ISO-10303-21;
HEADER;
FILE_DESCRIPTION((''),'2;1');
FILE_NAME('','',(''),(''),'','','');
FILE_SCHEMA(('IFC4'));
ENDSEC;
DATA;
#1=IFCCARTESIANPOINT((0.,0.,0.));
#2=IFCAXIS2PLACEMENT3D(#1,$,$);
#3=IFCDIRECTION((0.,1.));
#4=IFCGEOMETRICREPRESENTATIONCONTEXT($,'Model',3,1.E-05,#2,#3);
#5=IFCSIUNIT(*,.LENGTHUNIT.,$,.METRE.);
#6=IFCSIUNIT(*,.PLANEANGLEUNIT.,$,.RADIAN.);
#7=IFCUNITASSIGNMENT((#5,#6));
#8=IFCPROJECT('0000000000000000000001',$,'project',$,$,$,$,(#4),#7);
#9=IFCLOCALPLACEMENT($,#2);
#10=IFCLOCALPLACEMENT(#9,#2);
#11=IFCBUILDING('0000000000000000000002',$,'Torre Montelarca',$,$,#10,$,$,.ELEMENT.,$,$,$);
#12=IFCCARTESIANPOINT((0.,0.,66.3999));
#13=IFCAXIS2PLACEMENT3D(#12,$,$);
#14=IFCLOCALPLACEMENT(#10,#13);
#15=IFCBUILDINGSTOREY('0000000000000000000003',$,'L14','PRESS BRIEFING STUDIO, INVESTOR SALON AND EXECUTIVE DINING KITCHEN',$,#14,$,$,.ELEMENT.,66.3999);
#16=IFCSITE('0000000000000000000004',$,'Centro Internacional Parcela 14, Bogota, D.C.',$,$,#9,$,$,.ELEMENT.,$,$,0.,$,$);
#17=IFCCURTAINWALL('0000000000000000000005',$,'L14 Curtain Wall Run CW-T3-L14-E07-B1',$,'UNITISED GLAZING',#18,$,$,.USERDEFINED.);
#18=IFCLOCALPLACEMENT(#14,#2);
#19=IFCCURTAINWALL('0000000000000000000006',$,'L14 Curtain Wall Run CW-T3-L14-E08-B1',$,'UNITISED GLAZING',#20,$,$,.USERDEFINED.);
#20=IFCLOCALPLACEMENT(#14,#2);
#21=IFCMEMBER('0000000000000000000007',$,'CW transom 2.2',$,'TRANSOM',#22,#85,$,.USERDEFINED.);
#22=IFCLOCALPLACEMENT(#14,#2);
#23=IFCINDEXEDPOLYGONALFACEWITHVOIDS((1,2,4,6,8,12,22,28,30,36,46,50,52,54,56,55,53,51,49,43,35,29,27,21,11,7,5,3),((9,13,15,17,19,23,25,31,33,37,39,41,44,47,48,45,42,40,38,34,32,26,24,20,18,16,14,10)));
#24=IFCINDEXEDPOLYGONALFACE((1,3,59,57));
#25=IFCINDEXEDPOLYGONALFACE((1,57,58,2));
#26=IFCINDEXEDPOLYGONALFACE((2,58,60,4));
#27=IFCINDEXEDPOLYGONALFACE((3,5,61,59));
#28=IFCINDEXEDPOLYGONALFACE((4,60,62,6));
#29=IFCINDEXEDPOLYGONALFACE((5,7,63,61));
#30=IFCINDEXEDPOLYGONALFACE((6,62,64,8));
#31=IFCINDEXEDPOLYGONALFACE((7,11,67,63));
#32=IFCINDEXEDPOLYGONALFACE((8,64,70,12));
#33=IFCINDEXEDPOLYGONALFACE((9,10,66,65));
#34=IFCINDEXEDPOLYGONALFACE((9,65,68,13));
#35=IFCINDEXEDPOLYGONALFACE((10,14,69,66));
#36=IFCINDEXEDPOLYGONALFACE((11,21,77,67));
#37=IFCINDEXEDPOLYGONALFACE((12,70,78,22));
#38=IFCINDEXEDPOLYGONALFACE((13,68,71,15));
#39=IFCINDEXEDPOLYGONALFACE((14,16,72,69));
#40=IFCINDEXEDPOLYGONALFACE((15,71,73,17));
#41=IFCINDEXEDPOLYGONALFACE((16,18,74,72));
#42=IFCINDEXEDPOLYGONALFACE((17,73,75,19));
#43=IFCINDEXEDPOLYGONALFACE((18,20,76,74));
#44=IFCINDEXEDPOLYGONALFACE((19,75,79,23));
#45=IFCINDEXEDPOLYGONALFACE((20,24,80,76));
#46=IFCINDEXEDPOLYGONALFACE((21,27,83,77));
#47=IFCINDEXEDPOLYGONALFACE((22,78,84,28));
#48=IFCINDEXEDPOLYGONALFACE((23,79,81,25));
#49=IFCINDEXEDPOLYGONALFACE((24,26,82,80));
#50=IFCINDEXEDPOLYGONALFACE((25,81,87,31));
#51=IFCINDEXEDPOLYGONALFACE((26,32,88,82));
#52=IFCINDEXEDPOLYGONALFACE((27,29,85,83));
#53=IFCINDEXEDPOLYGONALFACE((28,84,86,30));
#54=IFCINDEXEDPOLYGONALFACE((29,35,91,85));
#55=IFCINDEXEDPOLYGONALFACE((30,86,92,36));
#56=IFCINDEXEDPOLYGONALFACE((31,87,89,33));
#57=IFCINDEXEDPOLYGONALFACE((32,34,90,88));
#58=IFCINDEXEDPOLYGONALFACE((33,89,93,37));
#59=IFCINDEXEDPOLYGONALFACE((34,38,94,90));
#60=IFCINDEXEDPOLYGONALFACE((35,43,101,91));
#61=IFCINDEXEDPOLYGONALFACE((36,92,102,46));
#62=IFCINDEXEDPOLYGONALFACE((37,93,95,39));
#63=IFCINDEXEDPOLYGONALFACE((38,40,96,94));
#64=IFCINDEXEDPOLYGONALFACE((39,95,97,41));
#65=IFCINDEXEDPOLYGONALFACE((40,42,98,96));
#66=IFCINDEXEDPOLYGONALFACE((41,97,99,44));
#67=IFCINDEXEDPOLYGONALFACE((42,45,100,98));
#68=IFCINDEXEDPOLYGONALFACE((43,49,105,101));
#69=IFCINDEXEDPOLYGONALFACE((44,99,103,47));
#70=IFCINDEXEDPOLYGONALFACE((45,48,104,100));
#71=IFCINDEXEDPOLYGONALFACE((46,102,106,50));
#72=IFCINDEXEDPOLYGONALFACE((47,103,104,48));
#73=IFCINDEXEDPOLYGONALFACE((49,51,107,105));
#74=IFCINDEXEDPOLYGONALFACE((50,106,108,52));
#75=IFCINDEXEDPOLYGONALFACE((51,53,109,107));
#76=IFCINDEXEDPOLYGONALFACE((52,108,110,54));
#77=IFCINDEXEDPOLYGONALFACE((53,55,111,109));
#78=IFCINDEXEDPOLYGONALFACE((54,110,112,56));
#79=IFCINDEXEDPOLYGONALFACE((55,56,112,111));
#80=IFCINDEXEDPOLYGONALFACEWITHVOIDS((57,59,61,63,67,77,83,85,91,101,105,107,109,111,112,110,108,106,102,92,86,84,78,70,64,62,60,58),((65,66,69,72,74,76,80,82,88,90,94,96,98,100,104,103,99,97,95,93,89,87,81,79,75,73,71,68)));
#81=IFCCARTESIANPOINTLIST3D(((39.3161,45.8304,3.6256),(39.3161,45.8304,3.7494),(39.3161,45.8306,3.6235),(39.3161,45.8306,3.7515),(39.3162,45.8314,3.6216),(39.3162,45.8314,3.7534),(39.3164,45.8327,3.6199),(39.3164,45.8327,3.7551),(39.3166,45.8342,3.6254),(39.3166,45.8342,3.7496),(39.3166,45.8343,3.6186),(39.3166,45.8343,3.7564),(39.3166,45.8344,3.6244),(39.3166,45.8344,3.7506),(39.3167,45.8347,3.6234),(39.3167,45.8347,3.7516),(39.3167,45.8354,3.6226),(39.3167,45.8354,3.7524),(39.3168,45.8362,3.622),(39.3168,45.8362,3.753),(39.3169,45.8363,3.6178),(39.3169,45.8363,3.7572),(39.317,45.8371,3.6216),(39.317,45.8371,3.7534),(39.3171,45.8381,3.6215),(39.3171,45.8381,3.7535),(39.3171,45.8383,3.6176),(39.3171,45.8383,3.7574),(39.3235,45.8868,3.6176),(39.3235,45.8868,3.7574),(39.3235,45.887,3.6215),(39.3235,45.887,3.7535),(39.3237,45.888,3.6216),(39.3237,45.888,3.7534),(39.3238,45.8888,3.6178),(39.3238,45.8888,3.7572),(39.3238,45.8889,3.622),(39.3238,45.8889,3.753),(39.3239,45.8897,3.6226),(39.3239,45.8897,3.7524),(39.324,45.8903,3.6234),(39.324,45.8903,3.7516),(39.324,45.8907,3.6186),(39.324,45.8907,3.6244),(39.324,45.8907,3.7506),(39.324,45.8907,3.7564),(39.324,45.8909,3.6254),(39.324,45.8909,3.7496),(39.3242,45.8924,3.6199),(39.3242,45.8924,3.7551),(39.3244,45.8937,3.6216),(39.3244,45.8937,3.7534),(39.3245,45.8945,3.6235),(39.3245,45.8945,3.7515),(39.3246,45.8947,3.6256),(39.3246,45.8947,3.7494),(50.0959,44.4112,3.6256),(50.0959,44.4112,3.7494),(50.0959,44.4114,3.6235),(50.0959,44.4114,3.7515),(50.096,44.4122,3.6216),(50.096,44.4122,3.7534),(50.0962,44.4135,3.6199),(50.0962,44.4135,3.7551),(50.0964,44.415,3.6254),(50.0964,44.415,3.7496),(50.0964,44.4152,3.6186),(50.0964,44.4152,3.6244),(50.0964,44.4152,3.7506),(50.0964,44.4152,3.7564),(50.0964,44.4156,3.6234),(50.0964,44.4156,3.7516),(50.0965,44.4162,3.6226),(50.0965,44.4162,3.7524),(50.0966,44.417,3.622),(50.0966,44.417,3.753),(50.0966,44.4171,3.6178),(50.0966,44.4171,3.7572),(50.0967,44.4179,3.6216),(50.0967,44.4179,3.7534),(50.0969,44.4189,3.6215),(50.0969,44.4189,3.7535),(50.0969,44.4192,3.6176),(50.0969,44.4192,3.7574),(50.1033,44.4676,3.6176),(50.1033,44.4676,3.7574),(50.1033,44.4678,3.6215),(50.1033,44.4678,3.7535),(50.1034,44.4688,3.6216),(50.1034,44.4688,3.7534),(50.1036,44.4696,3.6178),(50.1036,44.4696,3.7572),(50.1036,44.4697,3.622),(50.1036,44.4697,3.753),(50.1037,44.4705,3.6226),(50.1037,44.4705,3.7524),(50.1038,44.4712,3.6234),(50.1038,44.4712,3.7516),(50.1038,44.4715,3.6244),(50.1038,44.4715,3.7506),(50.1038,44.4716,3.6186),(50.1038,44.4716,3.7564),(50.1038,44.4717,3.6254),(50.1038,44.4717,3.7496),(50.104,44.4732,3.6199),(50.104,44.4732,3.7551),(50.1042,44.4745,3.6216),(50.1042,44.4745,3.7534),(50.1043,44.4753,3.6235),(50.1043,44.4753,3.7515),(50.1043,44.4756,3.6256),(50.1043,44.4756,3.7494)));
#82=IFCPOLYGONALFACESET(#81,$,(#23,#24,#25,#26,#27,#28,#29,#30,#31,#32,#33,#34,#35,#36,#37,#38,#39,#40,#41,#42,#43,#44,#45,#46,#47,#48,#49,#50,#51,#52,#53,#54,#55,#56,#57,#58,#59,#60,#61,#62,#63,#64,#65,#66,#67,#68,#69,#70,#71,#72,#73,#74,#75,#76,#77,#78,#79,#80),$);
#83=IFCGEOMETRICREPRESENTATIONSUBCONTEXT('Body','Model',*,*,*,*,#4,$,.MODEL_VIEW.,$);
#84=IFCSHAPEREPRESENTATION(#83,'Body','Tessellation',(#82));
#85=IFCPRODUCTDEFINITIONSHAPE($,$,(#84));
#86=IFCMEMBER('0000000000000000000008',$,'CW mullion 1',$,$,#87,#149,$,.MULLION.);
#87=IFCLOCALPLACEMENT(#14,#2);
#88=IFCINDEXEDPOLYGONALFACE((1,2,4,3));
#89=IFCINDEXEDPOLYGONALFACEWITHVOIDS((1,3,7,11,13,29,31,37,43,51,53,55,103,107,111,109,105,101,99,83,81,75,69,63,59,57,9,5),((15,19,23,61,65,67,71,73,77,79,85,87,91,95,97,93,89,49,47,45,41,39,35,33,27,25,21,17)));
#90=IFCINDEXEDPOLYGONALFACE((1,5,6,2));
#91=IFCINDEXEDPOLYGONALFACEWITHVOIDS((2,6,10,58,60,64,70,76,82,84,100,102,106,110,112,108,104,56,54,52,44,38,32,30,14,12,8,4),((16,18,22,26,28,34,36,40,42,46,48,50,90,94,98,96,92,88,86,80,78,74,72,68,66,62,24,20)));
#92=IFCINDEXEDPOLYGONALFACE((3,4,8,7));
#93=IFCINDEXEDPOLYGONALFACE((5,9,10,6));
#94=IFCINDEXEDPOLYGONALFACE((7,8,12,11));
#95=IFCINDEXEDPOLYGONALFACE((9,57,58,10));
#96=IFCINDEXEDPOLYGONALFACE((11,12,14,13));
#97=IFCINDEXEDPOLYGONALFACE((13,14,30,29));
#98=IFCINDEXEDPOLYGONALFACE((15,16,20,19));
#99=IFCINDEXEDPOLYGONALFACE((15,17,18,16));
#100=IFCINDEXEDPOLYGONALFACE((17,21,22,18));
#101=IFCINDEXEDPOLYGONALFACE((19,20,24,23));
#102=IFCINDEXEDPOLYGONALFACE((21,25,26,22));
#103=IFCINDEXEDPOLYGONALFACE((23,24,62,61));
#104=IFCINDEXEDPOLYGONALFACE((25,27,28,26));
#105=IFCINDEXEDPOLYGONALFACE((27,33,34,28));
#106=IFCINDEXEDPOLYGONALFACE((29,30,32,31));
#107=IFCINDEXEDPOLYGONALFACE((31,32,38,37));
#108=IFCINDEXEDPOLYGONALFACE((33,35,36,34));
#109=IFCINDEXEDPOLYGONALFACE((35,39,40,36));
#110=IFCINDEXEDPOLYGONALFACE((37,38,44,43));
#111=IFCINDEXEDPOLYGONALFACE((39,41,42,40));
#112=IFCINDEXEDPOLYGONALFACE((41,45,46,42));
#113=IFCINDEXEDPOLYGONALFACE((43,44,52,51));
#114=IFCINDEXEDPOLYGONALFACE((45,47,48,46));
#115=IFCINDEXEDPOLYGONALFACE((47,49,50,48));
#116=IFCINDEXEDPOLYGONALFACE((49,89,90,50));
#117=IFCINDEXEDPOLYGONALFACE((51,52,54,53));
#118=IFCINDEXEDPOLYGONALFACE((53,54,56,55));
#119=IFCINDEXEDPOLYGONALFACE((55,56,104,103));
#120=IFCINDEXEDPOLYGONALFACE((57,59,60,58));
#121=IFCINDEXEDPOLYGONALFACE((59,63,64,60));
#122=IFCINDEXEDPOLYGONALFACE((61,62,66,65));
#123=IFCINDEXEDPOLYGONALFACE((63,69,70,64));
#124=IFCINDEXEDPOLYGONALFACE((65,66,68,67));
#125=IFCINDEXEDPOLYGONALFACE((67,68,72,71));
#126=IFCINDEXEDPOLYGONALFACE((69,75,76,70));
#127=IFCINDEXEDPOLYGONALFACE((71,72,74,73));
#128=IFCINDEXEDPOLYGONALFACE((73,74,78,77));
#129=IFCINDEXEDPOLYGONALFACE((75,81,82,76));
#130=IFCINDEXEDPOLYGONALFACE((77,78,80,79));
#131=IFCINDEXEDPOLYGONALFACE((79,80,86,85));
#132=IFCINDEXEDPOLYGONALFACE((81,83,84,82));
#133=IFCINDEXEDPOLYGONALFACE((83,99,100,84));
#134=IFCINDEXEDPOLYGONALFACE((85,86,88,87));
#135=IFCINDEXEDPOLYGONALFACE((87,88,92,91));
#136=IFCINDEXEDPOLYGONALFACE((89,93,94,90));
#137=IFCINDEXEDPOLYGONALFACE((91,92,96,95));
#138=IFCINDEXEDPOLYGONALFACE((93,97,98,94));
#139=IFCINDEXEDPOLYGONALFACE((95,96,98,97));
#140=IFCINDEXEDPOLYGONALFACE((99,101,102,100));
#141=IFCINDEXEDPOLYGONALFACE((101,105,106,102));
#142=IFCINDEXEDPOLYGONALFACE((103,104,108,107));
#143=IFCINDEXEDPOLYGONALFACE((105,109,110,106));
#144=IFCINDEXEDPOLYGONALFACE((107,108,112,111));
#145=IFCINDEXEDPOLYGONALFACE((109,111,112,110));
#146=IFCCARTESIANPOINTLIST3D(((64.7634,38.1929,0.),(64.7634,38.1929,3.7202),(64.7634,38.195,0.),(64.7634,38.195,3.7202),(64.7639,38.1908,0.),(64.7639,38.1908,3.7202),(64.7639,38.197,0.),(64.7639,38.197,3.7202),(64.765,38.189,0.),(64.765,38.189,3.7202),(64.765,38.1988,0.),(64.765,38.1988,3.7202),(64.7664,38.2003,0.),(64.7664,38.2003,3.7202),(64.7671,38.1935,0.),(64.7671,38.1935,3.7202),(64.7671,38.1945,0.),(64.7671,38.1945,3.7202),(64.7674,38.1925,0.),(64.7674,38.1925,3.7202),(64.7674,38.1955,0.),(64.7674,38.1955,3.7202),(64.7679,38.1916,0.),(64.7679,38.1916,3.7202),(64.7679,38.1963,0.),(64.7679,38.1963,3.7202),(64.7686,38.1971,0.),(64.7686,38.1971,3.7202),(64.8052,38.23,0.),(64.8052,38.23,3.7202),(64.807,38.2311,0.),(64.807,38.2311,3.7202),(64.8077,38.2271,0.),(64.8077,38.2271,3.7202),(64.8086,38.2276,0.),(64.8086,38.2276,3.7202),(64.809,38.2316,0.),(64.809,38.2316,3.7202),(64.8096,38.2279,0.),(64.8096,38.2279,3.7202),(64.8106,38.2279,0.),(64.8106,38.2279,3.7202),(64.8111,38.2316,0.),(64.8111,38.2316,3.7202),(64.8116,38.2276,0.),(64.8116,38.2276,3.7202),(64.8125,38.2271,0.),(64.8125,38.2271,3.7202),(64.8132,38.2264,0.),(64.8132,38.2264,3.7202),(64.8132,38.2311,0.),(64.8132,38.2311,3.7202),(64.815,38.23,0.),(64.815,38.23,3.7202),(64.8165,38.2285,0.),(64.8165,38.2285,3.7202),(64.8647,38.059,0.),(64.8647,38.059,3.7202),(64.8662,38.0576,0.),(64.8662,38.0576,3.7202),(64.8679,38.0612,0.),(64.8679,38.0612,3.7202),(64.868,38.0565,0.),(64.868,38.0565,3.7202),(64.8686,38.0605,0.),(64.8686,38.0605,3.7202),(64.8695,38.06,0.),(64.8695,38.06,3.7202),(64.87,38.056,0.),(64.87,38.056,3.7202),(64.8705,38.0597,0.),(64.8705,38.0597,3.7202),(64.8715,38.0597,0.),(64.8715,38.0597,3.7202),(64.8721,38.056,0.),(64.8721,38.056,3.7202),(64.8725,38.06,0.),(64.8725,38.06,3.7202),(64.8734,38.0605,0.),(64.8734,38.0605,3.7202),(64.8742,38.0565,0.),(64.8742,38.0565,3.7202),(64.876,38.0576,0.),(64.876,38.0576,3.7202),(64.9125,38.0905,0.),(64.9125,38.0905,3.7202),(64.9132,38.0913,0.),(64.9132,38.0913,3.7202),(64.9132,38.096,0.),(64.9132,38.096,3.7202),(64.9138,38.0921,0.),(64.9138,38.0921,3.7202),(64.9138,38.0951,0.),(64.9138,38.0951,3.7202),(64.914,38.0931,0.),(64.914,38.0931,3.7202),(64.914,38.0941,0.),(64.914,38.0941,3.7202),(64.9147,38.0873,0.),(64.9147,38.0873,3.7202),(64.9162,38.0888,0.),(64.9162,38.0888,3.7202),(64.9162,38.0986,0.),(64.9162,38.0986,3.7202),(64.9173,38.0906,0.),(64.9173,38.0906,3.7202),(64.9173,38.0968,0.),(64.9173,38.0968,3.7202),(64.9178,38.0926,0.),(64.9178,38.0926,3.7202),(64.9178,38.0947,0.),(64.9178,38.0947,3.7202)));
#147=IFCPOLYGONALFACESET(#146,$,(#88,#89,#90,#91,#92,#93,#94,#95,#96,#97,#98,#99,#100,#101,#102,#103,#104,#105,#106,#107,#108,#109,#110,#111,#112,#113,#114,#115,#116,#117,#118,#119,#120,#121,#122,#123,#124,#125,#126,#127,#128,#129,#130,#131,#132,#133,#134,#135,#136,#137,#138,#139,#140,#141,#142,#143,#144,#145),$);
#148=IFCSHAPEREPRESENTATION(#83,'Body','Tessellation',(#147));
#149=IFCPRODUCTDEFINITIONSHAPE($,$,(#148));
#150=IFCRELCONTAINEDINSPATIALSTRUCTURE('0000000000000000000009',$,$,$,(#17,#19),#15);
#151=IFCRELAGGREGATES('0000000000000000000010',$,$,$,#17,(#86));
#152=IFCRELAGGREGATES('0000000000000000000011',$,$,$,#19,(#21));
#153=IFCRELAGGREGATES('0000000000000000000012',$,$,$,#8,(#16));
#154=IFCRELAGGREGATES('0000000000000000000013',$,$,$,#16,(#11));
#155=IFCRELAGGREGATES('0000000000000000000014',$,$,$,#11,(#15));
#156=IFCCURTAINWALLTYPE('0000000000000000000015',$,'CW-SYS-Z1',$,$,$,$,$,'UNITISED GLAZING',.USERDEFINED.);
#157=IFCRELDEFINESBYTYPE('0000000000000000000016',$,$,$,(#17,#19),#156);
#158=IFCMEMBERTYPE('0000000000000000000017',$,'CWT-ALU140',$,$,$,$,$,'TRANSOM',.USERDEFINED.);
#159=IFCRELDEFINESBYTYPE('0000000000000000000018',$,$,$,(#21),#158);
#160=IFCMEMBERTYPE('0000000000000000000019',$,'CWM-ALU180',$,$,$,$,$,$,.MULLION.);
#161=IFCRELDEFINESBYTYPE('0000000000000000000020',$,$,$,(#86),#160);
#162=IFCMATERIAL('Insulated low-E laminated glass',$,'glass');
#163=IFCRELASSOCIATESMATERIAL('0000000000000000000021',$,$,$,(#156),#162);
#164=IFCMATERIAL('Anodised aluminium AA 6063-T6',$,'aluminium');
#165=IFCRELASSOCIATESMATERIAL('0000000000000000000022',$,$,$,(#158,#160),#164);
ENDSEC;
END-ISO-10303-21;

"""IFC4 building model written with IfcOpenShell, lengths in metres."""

from ifc_helpers import new_model, si_unit, direction, frame, origin, origin_2d, place, context, subcontext, project, spatial, hollow_rectangle, extrude, source, transform, mapped, material, material_profile, profile_set, type_object, element, aggregate, save


model = new_model("IFC4")

# Units and contexts
model_context = context("Model", 3, precision=1e-05, world=origin(), true_north=direction((0.0, 1.0)))
body_context = subcontext(model_context, "Body", "Model", "MODEL_VIEW")
ifc_project = project(units=[si_unit("LENGTHUNIT", "METRE"), si_unit("PLANEANGLEUNIT", "RADIAN")], contexts=[model_context])

# Site, building, storey
site_placement = place(None, origin())
site = spatial("IfcSite", under=ifc_project, at=site_placement, Name="Centro Internacional Parcela 14, Bogota, D.C.", CompositionType="ELEMENT", RefElevation=0.0)
building_placement = place(site_placement, origin())
building = spatial("IfcBuilding", under=site, at=building_placement, Name="Torre Montelarca", CompositionType="ELEMENT")
storey_placement = place(building_placement, frame((0.0, 0.0, 66.3999)))
storey = spatial("IfcBuildingStorey", under=building, at=storey_placement, Name="L14", Description="PRESS BRIEFING STUDIO, INVESTOR SALON AND EXECUTIVE DINING KITCHEN", CompositionType="ELEMENT", Elevation=66.3999)

# Curtain walls, member
ifc_material_1 = material(Name="Insulated low-E laminated glass", Category="glass")
curtain_wall_type = type_object("IfcCurtainWallType", Name="CW-SYS-Z1", ElementType="UNITISED GLAZING", PredefinedType="USERDEFINED", material=ifc_material_1)
curtain_wall_1_placement = place(storey_placement, origin())
curtain_wall_1 = element("IfcCurtainWall", 1, at=curtain_wall_1_placement, inside=storey, type_object=curtain_wall_type, Name="L14 Curtain Wall Run CW-T3-L14-E07-B1", ObjectType="UNITISED GLAZING", PredefinedType="USERDEFINED")
ifc_material_2 = material(Name="Anodised aluminium AA 6063-T6", Category="aluminium")
ifc_material_profile_1 = material_profile(ifc_material_2, hollow_rectangle(XDim=0.0649, YDim=0.1399, WallThickness=0.0039, InnerFilletRadius=0.0039, OuterFilletRadius=0.0081, at=origin_2d()), Name="ALU65X140X4", Category="aluminium")
ifc_profile_set_1 = profile_set([ifc_material_profile_1], Name="Anodised aluminium AA 6063-T6")
member_type_1 = type_object("IfcMemberType", Name="CWT-ALU140", ElementType="TRANSOM", PredefinedType="USERDEFINED", material=ifc_profile_set_1)
curtain_wall_2_placement = place(storey_placement, origin())
curtain_wall_2 = element("IfcCurtainWall", 2, at=curtain_wall_2_placement, inside=storey, type_object=curtain_wall_type, Name="L14 Curtain Wall Run CW-T3-L14-E08-B1", ObjectType="UNITISED GLAZING", PredefinedType="USERDEFINED")
shared_shape_1 = source(origin(), body_context, "Body", "SweptSolid", [
    extrude(hollow_rectangle(XDim=0.0649, YDim=0.1399, WallThickness=0.0039, InnerFilletRadius=0.0039, OuterFilletRadius=0.0081, at=origin_2d()), origin(), (0.0, 0.0, 1.0), 10.8728),
])
member_1_placement = place(storey_placement, frame((50.1001, 44.4434, 3.6875), z_axis=(-0.991445, 0.130527, 0.0), x_axis=(-0.130527, -0.991445, 0.0)))
member_1 = element("IfcMember", 3, at=member_1_placement, type_object=member_type_1, Name="CW transom 2.2", ObjectType="TRANSOM", PredefinedType="USERDEFINED", context=body_context, shape_type="MappedRepresentation", body=[
    mapped(shared_shape_1, transform((0.0, 0.0, 0.0), scale=1.0)),
])

# Member
ifc_material_profile_2 = material_profile(ifc_material_2, hollow_rectangle(XDim=0.0649, YDim=0.1799, WallThickness=0.0039, InnerFilletRadius=0.0039, OuterFilletRadius=0.0081, at=origin_2d()), Name="ALU65X180X4", Category="aluminium")
ifc_profile_set_2 = profile_set([ifc_material_profile_2], Name="Anodised aluminium AA 6063-T6")
member_type_2 = type_object("IfcMemberType", Name="CWM-ALU180", PredefinedType="MULLION", material=ifc_profile_set_2)
shared_shape_2 = source(origin(), body_context, "Body", "SweptSolid", [
    extrude(hollow_rectangle(XDim=0.0649, YDim=0.1799, WallThickness=0.0039, InnerFilletRadius=0.0039, OuterFilletRadius=0.0081, at=origin_2d()), origin(), (0.0, 0.0, 1.0), 3.7202),
])
member_2_placement = place(storey_placement, frame((64.8406, 38.1438, 0.0), z_axis=(0.0, 0.0, 1.0), x_axis=(-0.793359, -0.608754, 0.0)))
member_2 = element("IfcMember", 4, at=member_2_placement, type_object=member_type_2, Name="CW mullion 1", PredefinedType="MULLION", context=body_context, shape_type="MappedRepresentation", body=[
    mapped(shared_shape_2, transform((0.0, 0.0, 0.0), scale=1.0)),
])

aggregate(curtain_wall_1, [member_2])
aggregate(curtain_wall_2, [member_1])

save(model, "model.ifc")
